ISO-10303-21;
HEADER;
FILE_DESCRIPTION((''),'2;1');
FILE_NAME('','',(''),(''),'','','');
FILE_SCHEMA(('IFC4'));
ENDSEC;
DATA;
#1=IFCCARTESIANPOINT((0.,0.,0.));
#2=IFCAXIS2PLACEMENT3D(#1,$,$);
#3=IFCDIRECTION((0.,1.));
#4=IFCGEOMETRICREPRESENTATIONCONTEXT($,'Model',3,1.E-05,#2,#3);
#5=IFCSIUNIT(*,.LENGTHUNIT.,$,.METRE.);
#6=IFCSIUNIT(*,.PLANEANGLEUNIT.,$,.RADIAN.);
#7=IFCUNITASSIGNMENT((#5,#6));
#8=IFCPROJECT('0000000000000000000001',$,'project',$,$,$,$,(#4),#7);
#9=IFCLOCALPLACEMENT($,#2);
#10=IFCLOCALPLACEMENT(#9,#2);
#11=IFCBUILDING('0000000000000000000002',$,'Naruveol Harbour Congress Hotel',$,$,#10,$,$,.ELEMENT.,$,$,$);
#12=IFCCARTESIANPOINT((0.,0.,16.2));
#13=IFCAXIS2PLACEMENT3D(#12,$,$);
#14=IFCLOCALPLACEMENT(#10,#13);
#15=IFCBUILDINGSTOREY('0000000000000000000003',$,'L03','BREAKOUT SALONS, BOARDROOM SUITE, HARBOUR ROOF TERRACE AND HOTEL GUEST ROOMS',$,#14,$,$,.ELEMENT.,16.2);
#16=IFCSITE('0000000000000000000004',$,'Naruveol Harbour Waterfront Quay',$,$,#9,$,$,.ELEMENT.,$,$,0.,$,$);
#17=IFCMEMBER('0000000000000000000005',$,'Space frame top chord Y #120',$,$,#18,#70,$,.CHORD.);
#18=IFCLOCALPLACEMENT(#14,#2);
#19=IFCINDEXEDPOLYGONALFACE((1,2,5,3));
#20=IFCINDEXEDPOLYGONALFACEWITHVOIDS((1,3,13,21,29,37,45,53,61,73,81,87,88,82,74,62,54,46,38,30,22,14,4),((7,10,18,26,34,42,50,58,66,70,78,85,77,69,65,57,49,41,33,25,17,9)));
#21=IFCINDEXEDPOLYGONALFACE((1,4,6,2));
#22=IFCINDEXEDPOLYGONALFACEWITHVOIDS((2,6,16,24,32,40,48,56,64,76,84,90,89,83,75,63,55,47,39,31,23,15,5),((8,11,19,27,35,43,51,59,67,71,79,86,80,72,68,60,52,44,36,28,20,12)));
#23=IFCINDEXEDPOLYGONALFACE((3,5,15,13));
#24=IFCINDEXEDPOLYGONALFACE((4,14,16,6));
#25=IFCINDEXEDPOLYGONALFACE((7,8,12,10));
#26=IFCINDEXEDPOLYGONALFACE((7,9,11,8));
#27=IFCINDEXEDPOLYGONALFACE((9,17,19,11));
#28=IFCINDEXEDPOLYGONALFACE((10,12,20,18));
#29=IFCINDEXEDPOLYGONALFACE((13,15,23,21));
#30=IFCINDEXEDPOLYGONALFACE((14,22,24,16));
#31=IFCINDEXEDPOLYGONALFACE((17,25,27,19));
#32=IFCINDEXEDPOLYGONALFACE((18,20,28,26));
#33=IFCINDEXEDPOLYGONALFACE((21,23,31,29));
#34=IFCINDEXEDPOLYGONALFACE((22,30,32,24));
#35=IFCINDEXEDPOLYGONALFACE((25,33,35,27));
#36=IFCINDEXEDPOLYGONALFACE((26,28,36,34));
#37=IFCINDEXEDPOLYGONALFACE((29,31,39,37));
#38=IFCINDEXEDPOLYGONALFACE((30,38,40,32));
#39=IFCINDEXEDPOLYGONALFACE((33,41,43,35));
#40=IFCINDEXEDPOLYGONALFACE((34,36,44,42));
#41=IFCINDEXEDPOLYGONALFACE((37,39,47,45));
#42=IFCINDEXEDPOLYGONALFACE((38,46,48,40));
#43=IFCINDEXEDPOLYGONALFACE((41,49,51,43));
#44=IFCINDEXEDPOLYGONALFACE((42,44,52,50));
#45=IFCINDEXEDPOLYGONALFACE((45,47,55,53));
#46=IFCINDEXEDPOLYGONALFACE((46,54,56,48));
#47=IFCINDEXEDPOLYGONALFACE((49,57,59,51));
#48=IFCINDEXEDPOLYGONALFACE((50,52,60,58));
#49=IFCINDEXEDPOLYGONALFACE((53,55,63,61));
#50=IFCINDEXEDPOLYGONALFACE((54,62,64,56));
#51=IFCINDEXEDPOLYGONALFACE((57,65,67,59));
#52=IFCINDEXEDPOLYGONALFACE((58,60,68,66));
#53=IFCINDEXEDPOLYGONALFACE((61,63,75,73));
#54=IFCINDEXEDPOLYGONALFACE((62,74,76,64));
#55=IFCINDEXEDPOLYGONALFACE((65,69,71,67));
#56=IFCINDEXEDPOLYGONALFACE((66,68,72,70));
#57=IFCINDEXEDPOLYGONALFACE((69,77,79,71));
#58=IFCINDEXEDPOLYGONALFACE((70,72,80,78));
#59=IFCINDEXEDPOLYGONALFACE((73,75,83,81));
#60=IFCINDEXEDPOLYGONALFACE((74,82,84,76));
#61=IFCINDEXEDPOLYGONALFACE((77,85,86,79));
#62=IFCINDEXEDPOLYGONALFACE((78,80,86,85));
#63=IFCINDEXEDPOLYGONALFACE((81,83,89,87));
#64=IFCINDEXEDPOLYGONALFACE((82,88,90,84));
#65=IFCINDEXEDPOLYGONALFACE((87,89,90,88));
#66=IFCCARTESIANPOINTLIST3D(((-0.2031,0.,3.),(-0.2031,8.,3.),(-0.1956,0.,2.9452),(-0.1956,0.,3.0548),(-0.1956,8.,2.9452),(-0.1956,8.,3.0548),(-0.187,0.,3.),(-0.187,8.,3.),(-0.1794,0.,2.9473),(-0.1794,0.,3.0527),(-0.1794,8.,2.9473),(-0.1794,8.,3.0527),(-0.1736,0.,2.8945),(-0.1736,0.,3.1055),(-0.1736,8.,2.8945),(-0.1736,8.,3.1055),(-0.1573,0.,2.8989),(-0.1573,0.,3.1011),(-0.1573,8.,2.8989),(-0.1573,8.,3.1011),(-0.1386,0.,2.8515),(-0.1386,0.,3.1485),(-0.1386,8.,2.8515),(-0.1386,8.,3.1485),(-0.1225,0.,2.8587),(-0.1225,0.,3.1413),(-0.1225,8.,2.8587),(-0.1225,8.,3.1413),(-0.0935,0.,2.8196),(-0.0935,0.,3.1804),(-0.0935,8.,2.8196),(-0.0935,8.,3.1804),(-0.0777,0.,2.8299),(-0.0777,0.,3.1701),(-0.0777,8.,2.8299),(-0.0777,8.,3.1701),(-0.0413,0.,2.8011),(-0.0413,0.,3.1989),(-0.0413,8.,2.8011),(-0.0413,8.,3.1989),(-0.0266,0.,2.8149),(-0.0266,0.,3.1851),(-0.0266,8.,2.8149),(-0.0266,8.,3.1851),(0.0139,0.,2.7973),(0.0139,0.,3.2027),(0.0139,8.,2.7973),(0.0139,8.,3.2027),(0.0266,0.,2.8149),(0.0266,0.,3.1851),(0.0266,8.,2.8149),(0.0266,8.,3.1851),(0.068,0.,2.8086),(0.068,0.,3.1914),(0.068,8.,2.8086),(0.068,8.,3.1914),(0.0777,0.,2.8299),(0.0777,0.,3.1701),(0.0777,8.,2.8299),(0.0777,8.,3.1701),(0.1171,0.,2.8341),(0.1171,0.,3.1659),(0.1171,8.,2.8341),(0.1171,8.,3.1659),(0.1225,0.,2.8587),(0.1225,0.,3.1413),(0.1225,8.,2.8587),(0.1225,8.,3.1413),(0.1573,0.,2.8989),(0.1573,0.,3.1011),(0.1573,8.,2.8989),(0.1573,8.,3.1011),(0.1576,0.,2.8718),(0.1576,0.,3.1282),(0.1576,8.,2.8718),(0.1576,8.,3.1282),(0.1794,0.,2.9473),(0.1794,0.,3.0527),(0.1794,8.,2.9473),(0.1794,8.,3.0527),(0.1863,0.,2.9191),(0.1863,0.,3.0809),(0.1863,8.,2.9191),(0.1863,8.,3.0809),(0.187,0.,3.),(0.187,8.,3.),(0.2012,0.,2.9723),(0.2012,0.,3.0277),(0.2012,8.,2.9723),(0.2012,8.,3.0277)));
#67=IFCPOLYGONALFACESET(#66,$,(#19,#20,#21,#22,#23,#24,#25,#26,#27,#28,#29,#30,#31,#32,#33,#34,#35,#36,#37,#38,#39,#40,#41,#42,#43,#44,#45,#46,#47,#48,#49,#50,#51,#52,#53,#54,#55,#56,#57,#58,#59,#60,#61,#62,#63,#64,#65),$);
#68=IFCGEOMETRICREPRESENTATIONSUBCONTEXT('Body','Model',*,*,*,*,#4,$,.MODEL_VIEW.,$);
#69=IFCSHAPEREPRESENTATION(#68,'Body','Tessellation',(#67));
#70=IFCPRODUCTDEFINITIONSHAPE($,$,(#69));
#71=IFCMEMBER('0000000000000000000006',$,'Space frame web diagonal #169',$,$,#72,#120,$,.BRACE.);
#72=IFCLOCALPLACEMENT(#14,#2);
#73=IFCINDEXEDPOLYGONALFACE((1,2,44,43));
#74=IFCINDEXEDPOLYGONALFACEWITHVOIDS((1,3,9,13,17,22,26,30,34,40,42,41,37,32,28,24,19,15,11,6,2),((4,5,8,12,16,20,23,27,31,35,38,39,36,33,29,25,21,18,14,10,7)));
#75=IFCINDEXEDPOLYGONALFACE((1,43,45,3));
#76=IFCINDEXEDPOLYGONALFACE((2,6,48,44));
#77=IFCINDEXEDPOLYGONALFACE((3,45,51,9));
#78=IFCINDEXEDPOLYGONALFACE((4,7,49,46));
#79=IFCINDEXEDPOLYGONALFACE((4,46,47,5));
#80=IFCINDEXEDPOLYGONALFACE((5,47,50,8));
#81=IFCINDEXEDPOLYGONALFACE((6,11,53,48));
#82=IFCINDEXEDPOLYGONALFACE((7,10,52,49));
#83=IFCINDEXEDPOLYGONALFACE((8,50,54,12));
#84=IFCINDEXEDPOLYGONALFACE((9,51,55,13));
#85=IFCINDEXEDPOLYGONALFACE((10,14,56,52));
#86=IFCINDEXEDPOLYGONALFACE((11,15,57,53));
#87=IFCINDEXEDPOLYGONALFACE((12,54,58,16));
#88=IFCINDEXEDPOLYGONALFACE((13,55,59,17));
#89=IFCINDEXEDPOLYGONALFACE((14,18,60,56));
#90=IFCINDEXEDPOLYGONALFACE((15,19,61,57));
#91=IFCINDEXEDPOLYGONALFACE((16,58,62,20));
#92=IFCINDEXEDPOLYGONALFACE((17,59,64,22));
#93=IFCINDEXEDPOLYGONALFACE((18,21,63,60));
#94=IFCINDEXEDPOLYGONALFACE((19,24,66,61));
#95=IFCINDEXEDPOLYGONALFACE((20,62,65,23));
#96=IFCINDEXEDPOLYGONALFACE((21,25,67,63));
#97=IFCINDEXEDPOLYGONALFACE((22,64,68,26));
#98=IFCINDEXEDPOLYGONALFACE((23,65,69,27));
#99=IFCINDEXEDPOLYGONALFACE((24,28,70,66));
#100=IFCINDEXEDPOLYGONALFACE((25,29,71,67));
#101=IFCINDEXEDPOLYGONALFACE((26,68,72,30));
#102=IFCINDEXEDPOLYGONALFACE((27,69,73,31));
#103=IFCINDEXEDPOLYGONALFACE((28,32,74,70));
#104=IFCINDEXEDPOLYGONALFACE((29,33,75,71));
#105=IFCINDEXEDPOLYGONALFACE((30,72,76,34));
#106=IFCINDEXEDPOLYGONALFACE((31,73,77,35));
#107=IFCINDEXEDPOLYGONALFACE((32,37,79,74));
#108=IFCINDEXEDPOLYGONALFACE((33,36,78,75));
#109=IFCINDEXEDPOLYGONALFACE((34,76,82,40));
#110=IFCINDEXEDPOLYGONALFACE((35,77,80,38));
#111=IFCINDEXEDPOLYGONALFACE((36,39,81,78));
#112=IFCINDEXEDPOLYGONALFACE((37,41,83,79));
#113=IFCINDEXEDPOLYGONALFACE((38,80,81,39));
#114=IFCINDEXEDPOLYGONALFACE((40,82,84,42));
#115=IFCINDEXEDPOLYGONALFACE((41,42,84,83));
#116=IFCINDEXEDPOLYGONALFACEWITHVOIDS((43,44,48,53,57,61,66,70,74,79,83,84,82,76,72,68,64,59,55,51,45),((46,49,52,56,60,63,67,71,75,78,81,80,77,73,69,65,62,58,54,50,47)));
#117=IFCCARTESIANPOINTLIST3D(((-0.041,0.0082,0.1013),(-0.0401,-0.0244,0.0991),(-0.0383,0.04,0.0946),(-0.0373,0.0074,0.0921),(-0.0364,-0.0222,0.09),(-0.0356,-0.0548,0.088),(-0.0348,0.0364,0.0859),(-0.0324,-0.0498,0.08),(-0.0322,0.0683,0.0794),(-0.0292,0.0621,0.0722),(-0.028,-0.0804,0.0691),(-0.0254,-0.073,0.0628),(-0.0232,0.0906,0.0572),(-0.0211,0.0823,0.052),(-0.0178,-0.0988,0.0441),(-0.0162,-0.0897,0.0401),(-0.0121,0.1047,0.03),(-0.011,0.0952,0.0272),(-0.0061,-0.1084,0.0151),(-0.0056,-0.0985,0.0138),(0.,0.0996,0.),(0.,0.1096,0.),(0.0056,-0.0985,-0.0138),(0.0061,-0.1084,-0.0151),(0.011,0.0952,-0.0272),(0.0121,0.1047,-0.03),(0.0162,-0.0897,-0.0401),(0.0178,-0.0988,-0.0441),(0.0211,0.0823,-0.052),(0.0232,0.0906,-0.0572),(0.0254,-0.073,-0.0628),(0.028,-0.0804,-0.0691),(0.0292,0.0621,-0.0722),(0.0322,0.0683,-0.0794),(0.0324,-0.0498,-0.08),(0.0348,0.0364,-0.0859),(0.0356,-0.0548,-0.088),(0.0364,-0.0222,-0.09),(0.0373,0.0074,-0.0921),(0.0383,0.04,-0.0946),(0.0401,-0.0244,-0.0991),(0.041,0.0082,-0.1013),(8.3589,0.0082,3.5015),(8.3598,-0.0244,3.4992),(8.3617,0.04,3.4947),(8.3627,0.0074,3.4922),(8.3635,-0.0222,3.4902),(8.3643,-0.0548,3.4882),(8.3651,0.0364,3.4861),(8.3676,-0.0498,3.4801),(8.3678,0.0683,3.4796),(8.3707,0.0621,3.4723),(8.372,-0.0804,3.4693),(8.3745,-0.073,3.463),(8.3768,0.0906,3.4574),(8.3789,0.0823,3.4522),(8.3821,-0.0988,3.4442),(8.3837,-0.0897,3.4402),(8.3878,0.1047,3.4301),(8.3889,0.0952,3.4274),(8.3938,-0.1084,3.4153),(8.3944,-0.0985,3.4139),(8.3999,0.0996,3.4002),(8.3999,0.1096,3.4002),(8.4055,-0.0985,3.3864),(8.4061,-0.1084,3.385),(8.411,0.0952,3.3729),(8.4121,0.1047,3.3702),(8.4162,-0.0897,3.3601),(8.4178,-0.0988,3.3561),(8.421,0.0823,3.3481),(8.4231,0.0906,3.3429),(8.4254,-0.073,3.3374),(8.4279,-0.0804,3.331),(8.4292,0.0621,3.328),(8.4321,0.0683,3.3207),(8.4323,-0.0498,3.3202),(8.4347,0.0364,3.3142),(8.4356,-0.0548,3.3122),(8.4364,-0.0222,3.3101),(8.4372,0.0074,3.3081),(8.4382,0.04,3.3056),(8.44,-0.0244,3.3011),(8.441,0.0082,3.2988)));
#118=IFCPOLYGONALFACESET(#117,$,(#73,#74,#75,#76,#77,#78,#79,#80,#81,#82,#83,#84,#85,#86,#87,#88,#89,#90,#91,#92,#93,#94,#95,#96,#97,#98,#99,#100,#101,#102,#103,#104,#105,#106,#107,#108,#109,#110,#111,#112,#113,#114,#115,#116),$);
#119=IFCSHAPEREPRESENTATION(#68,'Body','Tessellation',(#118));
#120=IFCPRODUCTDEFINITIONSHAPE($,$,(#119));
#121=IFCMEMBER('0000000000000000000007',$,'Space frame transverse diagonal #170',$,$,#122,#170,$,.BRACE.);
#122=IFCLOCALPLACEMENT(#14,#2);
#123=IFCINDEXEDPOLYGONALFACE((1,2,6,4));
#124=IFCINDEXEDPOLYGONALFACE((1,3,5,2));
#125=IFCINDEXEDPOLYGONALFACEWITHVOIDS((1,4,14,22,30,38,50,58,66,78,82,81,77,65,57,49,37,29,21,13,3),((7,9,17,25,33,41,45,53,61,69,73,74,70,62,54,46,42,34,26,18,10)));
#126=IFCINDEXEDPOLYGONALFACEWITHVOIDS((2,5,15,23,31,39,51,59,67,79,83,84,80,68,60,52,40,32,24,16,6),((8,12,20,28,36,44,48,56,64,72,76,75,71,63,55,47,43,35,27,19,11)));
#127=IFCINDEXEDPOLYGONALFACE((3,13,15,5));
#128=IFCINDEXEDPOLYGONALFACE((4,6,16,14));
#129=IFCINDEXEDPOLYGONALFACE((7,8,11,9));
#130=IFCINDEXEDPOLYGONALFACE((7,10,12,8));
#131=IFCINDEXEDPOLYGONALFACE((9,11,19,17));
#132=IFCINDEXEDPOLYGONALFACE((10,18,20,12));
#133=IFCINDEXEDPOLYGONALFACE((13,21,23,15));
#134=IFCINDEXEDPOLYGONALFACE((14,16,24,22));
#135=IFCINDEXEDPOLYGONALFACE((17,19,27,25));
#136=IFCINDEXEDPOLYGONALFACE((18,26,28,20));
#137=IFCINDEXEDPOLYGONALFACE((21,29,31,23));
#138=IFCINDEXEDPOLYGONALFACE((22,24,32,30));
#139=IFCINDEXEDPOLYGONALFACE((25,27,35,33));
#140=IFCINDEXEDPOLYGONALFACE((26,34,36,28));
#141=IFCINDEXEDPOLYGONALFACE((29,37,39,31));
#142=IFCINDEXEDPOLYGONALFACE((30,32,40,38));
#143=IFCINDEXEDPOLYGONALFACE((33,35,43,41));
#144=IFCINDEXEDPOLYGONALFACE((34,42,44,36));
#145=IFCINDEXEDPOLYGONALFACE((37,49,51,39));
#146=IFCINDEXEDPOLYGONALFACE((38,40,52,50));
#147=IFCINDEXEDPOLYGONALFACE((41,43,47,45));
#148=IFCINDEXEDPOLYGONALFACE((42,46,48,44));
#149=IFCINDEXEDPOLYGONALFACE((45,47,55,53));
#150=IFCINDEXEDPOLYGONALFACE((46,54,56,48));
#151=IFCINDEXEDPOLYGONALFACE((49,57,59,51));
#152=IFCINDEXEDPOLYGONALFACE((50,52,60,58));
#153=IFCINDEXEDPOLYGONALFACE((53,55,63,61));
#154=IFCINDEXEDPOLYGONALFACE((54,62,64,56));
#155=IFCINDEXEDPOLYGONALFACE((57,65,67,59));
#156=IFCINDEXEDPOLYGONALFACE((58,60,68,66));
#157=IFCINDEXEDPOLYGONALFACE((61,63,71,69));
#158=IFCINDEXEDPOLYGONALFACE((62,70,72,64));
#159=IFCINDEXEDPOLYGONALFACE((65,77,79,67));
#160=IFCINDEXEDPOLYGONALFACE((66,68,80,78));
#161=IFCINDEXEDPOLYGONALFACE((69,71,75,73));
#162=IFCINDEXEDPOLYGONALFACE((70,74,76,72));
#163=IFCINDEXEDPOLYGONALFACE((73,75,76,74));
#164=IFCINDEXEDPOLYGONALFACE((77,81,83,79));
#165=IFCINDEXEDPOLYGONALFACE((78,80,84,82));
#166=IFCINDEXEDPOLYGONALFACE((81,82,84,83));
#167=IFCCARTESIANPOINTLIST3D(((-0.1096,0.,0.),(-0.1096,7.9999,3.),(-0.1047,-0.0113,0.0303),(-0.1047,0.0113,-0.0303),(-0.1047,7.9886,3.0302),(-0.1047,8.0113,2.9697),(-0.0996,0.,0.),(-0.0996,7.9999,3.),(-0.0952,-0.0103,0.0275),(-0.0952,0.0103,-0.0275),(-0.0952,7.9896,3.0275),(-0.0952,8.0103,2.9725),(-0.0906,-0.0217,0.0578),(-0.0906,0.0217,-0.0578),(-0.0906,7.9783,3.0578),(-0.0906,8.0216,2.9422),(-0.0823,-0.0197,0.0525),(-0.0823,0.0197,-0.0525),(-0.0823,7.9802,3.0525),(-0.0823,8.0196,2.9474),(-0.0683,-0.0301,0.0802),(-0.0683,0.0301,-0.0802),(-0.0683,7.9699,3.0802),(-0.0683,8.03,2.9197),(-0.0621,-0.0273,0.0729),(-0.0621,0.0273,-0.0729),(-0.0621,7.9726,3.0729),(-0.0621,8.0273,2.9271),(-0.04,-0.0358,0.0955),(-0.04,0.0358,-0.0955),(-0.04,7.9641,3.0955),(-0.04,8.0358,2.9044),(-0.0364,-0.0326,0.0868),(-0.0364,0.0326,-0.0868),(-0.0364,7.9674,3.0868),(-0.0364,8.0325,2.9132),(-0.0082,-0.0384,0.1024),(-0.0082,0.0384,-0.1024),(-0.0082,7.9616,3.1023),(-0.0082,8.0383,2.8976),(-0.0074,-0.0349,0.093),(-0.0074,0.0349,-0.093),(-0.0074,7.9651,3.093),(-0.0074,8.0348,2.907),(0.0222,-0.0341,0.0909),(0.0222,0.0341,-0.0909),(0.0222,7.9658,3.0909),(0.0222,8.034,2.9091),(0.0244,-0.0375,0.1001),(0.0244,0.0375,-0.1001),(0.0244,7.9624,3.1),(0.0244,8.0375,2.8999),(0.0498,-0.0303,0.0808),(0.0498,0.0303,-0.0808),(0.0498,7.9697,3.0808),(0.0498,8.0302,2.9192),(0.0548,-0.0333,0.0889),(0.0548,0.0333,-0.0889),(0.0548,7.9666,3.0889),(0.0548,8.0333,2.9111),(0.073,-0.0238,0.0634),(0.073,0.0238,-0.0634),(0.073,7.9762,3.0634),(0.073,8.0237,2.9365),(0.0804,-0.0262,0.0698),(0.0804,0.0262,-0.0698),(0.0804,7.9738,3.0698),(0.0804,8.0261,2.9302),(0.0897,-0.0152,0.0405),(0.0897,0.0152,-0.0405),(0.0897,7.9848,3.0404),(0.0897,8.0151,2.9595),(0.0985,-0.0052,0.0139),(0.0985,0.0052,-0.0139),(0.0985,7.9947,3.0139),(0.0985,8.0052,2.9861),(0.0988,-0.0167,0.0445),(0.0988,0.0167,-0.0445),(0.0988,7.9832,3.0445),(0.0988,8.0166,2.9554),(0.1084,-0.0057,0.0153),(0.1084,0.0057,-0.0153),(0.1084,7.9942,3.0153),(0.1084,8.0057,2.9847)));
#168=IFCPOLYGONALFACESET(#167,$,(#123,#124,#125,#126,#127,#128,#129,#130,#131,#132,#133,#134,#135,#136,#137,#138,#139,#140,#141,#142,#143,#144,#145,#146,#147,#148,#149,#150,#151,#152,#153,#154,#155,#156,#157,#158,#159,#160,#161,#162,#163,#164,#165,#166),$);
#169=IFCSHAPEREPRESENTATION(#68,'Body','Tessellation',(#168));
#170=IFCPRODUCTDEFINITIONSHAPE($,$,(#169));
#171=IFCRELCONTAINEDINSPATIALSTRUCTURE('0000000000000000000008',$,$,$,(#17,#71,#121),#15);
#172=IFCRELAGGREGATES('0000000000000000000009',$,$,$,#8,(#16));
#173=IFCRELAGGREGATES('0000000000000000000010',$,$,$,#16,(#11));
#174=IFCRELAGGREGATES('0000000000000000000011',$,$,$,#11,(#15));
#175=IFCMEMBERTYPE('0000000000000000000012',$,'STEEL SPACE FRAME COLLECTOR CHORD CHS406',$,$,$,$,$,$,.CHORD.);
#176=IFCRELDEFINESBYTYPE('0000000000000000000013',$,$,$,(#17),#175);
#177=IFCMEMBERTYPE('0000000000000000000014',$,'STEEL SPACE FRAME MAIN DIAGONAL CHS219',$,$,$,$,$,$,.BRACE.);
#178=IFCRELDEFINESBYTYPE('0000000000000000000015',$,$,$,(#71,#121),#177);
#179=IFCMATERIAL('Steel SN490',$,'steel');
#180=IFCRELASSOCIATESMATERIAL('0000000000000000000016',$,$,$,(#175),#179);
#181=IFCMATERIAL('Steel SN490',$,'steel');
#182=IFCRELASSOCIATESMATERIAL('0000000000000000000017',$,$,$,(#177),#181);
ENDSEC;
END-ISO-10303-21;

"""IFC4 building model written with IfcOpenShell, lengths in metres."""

from ifc_helpers import new_model, si_unit, direction, frame, origin, origin_2d, place, context, subcontext, project, spatial, hollow_circle, extrude, material, material_profile, profile_set, type_object, element, save


model = new_model("IFC4")

# Units and contexts
model_context = context("Model", 3, precision=1e-05, world=origin(), true_north=direction((0.0, 1.0)))
body_context = subcontext(model_context, "Body", "Model", "MODEL_VIEW")
ifc_project = project(units=[si_unit("LENGTHUNIT", "METRE"), si_unit("PLANEANGLEUNIT", "RADIAN")], contexts=[model_context])

# Site, building, storey
site_placement = place(None, origin())
site = spatial("IfcSite", under=ifc_project, at=site_placement, Name="Naruveol Harbour Waterfront Quay", CompositionType="ELEMENT", RefElevation=0.0)
building_placement = place(site_placement, origin())
building = spatial("IfcBuilding", under=site, at=building_placement, Name="Naruveol Harbour Congress Hotel", CompositionType="ELEMENT")
storey_placement = place(building_placement, frame((0.0, 0.0, 16.2)))
storey = spatial("IfcBuildingStorey", under=building, at=storey_placement, Name="L03", Description="BREAKOUT SALONS, BOARDROOM SUITE, HARBOUR ROOF TERRACE AND HOTEL GUEST ROOMS", CompositionType="ELEMENT", Elevation=16.2)

# Members
ifc_material_1 = material(Name="Steel SN490", Category="steel")
ifc_material_profile_1 = material_profile(ifc_material_1, hollow_circle(Radius=0.2031, WallThickness=0.0161, at=origin_2d()), Name="CHS-406.4x16")
ifc_profile_set_1 = profile_set([ifc_material_profile_1], Name="Steel SN490")
member_type_1 = type_object("IfcMemberType", Name="STEEL SPACE FRAME COLLECTOR CHORD CHS406", PredefinedType="CHORD", material=ifc_profile_set_1)
member_1_placement = place(storey_placement, frame((0.0, 0.0, 3.0), z_axis=(0.0, 1.0, 0.0), x_axis=(-1.0, 0.0, 0.0)))
element("IfcMember", 1, at=member_1_placement, inside=storey, type_object=member_type_1, Name="Space frame top chord Y #120", PredefinedType="CHORD", context=body_context, shape_type="SweptSolid", body=[
    extrude(hollow_circle(Radius=0.2031, WallThickness=0.0161, at=origin_2d()), origin(), (0.0, 0.0, 1.0), 8.0),
])
ifc_material_2 = material(Name="Steel SN490", Category="steel")
ifc_material_profile_2 = material_profile(ifc_material_2, hollow_circle(Radius=0.1096, WallThickness=0.01, at=origin_2d()), Name="CHS-219.1x10")
ifc_profile_set_2 = profile_set([ifc_material_profile_2], Name="Steel SN490")
member_type_2 = type_object("IfcMemberType", Name="STEEL SPACE FRAME MAIN DIAGONAL CHS219", PredefinedType="BRACE", material=ifc_profile_set_2)
member_2_placement = place(storey_placement, frame((0.0, 0.0, 0.0), z_axis=(0.92694, 0.0, 0.37521), x_axis=(0.0, 1.0, 0.0)))
element("IfcMember", 2, at=member_2_placement, inside=storey, type_object=member_type_2, Name="Space frame web diagonal #169", PredefinedType="BRACE", context=body_context, shape_type="SweptSolid", body=[
    extrude(hollow_circle(Radius=0.1096, WallThickness=0.01, at=origin_2d()), origin(), (0.0, 0.0, 1.0), 9.062),
])
member_3_placement = place(storey_placement, frame((0.0, 0.0, 0.0), z_axis=(0.0, 0.936329, 0.351123), x_axis=(-1.0, 0.0, 0.0)))
element("IfcMember", 3, at=member_3_placement, inside=storey, type_object=member_type_2, Name="Space frame transverse diagonal #170", PredefinedType="BRACE", context=body_context, shape_type="SweptSolid", body=[
    extrude(hollow_circle(Radius=0.1096, WallThickness=0.01, at=origin_2d()), origin(), (0.0, 0.0, 1.0), 8.5439),
])

save(model, "model.ifc")
